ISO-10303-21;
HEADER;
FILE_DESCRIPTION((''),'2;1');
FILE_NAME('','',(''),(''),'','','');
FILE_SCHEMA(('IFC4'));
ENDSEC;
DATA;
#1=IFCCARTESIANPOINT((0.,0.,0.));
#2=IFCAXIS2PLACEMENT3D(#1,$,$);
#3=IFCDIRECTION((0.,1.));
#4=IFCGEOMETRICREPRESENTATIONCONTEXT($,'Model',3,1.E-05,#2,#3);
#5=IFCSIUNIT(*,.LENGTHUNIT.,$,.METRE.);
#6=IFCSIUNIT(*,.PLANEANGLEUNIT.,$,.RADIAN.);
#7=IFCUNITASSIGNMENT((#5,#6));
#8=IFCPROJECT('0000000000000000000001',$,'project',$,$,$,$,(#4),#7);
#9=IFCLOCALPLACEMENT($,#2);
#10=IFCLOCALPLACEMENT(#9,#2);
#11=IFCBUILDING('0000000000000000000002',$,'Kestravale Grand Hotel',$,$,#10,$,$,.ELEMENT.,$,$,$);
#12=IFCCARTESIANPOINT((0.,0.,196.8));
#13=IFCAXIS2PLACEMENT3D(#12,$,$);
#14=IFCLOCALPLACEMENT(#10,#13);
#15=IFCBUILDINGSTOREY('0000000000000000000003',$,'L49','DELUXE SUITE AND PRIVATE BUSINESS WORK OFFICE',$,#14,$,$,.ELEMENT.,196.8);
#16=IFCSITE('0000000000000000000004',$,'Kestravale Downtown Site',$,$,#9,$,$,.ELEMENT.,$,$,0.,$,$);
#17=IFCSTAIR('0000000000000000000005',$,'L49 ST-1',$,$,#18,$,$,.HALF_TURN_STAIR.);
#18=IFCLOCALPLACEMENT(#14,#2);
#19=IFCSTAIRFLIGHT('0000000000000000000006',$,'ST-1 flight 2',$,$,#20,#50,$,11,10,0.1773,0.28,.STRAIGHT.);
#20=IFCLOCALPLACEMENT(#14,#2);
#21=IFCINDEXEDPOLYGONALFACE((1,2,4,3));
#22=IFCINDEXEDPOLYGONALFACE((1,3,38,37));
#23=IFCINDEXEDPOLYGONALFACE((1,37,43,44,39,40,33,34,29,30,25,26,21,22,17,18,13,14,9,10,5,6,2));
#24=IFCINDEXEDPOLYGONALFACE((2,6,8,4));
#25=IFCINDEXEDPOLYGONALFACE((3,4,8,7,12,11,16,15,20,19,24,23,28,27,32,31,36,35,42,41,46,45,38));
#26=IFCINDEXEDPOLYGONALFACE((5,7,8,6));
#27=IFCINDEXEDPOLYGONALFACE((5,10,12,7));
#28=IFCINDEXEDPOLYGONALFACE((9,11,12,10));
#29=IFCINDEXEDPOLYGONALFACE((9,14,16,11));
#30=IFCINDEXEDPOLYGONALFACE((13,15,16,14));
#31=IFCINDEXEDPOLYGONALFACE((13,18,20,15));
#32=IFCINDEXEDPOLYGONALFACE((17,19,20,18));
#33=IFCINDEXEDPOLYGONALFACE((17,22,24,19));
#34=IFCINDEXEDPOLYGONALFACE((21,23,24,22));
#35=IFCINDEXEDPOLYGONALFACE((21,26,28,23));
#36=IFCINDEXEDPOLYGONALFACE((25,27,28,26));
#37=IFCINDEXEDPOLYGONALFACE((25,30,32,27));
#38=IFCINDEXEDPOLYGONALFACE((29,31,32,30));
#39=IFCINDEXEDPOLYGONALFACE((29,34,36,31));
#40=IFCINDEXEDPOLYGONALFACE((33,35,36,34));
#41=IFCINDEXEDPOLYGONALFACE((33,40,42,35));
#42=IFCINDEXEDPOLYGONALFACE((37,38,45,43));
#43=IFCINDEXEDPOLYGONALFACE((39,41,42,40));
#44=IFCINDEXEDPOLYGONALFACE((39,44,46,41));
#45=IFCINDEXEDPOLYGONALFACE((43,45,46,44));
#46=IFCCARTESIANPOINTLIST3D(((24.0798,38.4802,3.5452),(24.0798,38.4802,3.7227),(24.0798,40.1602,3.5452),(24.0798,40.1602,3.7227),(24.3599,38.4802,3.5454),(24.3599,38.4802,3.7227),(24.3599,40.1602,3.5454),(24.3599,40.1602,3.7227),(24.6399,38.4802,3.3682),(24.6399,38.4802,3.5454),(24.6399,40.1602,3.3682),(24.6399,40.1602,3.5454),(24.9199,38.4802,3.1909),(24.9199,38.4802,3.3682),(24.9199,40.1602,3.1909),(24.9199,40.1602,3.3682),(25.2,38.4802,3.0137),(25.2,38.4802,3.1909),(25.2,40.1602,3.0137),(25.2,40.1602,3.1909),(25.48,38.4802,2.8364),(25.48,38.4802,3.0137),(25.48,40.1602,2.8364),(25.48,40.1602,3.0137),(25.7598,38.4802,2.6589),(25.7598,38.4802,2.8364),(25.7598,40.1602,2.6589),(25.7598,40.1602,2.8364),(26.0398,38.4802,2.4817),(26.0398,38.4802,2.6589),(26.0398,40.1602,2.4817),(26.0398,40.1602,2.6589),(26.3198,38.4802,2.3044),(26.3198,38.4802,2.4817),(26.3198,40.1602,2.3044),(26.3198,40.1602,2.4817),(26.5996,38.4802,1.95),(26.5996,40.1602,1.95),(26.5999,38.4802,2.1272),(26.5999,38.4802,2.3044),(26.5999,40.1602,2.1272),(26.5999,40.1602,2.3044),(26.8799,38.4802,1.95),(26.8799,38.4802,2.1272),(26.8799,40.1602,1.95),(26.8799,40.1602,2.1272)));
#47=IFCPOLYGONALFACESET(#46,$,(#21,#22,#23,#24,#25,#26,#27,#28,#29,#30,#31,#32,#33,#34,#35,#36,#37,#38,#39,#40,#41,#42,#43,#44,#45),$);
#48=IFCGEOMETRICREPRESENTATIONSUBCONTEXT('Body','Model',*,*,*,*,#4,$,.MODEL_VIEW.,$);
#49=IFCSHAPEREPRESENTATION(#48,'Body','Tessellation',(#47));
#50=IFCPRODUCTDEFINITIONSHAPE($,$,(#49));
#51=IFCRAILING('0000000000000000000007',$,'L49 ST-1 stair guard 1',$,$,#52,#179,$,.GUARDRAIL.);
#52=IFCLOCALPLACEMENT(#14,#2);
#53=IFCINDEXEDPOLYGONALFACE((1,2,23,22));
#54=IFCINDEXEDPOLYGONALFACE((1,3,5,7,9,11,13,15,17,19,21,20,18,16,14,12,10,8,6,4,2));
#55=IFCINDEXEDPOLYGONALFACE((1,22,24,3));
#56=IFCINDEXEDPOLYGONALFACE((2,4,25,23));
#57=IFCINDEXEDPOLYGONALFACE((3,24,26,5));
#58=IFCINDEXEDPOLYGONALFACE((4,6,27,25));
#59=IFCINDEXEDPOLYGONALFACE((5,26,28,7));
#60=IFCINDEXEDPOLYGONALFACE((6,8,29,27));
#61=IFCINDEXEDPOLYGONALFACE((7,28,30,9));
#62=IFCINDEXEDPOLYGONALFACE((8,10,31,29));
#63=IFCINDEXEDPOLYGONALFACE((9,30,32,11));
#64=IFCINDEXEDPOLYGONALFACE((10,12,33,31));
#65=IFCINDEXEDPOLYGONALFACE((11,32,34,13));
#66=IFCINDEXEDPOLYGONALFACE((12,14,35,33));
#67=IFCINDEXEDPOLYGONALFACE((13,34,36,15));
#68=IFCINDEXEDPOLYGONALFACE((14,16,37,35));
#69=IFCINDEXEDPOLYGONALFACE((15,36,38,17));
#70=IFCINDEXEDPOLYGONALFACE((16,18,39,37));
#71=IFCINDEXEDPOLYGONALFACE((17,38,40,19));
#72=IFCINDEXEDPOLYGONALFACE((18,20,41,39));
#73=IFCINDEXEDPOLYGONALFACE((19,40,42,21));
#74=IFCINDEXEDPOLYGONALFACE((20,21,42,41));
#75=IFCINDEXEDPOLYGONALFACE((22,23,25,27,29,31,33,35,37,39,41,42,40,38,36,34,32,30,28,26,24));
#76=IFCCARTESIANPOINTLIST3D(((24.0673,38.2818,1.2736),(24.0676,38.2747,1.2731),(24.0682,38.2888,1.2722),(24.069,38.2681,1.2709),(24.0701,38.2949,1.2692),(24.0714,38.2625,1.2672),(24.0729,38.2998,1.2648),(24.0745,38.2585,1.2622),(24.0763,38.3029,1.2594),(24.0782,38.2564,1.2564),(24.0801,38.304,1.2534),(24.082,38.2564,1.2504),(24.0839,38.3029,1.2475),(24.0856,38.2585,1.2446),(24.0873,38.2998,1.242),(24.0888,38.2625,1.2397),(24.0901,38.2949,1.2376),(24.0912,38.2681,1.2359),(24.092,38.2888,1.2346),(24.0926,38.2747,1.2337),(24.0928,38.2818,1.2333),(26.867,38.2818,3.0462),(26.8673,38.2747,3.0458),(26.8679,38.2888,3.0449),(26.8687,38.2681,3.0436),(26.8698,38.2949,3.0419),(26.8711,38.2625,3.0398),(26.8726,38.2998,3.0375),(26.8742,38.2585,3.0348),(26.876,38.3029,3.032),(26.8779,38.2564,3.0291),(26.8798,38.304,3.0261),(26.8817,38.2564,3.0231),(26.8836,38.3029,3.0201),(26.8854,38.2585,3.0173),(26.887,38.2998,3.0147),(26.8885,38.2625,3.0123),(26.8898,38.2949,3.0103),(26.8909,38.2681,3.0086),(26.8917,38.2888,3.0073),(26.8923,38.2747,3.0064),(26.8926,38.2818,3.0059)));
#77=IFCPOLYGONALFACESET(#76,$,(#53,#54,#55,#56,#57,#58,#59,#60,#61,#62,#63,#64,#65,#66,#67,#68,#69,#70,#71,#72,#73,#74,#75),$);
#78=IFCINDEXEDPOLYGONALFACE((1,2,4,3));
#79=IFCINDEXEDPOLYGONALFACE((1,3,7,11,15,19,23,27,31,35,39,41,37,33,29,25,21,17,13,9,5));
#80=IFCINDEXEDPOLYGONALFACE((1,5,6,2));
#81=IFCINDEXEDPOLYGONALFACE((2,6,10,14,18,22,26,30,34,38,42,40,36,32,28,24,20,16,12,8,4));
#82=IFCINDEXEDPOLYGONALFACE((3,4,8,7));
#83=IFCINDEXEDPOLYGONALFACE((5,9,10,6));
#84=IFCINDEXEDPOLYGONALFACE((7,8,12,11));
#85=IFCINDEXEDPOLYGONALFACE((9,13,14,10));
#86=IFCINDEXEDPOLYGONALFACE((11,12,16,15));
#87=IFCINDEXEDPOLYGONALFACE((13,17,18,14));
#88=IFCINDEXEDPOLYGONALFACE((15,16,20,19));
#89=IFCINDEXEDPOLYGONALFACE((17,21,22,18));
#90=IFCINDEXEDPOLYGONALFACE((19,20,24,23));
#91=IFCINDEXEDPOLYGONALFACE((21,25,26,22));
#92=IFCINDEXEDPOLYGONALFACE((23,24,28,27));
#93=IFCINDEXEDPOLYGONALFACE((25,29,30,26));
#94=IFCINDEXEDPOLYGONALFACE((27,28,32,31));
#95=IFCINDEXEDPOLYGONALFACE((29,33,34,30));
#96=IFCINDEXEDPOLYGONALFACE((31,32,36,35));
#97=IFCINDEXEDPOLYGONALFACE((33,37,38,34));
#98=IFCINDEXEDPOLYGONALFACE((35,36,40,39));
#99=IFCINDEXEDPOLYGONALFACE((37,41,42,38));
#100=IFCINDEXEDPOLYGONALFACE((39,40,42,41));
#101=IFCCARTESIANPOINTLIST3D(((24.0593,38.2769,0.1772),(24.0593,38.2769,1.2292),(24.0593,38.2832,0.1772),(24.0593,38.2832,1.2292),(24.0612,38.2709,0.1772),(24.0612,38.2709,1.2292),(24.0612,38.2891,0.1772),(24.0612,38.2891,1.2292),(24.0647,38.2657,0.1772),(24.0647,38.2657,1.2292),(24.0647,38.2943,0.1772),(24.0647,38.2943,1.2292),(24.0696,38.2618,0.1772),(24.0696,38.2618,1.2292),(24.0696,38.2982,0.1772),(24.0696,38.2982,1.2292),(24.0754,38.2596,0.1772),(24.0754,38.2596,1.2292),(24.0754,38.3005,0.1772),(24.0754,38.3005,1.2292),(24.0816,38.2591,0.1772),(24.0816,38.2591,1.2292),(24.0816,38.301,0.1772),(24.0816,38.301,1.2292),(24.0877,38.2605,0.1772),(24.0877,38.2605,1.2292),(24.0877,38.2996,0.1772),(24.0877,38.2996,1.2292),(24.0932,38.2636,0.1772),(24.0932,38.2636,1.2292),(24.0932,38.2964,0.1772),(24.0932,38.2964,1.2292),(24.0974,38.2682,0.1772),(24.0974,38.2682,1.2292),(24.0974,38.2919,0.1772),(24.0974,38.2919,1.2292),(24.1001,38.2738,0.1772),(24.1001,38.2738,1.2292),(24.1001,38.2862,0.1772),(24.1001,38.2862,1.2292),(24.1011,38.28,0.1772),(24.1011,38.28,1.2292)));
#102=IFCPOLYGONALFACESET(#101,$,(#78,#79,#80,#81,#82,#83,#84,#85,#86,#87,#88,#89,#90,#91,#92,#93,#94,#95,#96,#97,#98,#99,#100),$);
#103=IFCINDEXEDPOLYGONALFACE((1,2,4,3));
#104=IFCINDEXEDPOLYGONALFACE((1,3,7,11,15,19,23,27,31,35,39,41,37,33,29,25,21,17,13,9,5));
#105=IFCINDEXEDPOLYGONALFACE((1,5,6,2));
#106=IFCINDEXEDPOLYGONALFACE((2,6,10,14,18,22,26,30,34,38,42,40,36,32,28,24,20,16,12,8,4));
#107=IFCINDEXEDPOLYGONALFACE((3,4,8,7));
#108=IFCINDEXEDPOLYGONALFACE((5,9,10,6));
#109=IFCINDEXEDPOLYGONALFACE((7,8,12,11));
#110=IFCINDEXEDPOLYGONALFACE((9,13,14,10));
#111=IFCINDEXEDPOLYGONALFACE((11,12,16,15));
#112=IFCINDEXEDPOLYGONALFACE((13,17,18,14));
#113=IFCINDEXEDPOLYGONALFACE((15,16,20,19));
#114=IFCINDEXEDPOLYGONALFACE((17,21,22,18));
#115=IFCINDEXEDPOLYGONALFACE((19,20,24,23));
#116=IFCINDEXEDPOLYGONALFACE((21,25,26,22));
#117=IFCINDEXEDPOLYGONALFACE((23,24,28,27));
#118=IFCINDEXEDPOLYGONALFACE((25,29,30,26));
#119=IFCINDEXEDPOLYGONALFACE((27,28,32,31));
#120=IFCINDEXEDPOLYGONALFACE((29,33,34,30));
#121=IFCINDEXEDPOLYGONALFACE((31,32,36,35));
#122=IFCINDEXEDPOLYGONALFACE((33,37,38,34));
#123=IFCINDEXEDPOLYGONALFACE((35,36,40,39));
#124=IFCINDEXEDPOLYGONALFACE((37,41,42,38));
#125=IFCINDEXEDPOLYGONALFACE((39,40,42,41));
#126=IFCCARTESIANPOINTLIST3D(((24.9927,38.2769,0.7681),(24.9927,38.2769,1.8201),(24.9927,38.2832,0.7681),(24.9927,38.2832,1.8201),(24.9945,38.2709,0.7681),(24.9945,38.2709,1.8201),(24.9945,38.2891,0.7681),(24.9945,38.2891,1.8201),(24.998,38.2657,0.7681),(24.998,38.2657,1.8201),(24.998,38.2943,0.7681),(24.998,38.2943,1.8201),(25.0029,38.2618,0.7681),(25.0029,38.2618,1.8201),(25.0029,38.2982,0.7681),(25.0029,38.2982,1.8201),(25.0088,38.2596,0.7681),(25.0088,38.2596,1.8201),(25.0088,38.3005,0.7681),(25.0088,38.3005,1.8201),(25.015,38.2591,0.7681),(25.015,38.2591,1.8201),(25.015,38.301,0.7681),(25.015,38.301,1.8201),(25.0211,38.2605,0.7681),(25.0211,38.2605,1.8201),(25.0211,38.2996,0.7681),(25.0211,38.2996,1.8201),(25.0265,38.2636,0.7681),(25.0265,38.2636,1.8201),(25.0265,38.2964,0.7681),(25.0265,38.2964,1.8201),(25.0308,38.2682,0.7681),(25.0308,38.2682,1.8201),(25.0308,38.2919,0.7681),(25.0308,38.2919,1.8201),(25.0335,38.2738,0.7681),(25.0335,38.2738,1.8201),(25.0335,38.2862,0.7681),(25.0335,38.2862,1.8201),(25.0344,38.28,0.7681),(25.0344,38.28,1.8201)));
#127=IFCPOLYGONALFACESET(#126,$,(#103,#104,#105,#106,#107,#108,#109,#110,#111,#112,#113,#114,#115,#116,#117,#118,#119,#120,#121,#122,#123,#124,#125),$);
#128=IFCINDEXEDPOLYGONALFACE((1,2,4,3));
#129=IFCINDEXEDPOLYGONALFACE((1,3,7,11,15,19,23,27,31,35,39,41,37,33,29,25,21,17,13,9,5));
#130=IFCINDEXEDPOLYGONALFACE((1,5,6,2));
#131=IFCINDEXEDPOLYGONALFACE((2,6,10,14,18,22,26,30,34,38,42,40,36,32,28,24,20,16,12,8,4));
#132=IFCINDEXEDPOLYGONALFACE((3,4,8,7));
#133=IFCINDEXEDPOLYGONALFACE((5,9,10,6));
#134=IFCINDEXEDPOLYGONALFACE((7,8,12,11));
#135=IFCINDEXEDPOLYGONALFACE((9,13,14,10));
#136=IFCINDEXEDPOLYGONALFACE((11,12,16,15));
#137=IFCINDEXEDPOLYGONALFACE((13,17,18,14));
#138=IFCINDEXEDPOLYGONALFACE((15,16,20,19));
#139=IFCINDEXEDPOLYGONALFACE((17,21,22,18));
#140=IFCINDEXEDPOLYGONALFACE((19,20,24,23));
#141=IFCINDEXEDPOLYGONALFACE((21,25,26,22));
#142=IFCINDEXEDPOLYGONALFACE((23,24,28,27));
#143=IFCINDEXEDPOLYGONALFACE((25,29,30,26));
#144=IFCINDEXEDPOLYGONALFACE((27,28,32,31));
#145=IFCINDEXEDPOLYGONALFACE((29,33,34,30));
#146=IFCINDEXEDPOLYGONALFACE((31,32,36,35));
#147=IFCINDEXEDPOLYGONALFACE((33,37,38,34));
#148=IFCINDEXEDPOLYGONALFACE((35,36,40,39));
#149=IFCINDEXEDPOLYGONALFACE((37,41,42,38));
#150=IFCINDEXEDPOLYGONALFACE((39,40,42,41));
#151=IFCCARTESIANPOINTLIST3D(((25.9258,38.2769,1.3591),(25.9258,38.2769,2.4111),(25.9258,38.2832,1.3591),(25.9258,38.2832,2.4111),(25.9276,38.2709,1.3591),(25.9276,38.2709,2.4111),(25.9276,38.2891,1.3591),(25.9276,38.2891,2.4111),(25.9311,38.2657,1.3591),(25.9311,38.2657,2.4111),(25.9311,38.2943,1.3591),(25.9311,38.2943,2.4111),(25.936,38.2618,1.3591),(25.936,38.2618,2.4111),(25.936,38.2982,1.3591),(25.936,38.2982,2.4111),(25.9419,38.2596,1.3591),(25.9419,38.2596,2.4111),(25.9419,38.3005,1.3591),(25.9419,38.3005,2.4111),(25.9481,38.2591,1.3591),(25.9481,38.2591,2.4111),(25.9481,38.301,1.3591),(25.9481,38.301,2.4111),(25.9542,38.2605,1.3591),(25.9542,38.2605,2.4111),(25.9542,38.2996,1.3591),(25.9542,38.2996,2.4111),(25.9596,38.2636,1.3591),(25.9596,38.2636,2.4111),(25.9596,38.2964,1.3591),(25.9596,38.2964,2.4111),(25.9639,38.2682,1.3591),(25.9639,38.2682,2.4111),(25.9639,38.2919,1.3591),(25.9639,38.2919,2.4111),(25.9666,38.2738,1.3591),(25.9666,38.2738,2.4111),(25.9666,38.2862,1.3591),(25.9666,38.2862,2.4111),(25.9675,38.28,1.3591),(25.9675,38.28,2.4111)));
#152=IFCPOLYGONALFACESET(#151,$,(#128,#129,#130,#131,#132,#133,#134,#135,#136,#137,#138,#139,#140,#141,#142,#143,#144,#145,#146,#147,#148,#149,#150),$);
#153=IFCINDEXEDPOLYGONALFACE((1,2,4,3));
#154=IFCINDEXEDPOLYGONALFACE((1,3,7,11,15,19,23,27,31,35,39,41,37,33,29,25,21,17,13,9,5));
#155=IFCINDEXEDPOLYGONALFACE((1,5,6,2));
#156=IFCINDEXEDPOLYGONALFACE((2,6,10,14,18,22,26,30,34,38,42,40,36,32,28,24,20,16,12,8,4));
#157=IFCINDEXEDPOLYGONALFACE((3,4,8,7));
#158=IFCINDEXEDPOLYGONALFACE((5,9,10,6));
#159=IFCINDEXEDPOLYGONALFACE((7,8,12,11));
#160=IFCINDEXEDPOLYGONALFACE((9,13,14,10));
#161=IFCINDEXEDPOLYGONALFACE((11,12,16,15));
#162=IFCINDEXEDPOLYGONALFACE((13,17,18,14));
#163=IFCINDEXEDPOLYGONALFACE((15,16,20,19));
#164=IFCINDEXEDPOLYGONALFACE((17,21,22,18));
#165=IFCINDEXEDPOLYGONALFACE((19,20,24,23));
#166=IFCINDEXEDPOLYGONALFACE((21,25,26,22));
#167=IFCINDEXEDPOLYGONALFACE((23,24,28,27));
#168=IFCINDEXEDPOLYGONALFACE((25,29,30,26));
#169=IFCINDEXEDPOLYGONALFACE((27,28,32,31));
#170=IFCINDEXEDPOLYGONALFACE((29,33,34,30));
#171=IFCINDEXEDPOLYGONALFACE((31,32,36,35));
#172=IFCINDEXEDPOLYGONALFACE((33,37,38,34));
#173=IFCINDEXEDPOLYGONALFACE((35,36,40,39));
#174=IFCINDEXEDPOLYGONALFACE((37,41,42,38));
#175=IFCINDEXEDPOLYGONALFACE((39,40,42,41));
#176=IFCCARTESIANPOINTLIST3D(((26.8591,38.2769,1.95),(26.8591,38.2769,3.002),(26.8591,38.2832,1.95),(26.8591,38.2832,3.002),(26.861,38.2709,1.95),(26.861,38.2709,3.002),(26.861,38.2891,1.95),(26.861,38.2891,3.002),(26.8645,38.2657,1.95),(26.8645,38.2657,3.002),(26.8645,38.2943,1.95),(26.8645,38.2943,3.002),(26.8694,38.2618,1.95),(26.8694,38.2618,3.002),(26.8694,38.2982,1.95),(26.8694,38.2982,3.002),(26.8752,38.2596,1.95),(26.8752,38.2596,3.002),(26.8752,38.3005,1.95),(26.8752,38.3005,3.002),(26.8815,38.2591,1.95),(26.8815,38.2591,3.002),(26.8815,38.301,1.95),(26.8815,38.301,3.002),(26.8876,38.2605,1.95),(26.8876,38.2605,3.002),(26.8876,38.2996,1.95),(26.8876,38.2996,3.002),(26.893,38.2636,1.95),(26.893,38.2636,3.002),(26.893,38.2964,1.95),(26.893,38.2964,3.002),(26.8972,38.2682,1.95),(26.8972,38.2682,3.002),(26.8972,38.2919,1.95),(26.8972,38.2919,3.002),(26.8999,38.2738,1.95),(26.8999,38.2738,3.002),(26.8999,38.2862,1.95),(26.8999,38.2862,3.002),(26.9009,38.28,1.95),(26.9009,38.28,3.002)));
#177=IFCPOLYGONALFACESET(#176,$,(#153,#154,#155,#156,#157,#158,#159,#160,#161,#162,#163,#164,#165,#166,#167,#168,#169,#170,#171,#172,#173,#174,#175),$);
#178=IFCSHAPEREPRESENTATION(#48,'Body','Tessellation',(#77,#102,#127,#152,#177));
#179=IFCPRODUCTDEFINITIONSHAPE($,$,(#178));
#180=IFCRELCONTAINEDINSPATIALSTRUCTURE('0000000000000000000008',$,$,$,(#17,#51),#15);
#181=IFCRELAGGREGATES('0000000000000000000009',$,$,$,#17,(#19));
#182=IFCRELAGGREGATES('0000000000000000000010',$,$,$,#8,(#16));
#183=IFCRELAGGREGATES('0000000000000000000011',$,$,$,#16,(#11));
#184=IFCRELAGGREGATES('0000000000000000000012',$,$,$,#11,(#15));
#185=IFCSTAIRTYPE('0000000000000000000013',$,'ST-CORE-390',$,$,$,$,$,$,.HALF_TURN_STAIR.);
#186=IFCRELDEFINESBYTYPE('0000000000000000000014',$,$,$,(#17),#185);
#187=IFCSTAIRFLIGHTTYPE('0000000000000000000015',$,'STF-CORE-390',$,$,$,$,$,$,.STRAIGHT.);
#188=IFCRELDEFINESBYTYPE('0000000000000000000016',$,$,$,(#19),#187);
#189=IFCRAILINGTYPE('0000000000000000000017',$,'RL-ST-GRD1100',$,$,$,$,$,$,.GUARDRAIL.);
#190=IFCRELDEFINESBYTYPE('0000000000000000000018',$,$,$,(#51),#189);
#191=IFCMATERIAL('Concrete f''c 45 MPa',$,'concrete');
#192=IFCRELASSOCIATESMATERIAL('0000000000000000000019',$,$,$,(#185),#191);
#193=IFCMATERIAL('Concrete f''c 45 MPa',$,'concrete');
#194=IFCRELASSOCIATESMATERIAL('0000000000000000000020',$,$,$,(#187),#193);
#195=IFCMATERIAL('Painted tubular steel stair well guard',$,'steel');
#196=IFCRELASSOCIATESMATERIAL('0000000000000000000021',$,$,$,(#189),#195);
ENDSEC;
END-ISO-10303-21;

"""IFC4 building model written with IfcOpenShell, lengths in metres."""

from ifc_helpers import new_model, si_unit, direction, frame, origin, origin_2d, place, context, subcontext, project, spatial, polyline, circle, outline, extrude, material, type_object, element, aggregate, save


model = new_model("IFC4")

# Units and contexts
model_context = context("Model", 3, precision=1e-05, world=origin(), true_north=direction((0.0, 1.0)))
body_context = subcontext(model_context, "Body", "Model", "MODEL_VIEW")
ifc_project = project(units=[si_unit("LENGTHUNIT", "METRE"), si_unit("PLANEANGLEUNIT", "RADIAN")], contexts=[model_context])

# Site, building, storey
site_placement = place(None, origin())
site = spatial("IfcSite", under=ifc_project, at=site_placement, Name="Kestravale Downtown Site", CompositionType="ELEMENT", RefElevation=0.0)
building_placement = place(site_placement, origin())
building = spatial("IfcBuilding", under=site, at=building_placement, Name="Kestravale Grand Hotel", CompositionType="ELEMENT")
storey_placement = place(building_placement, frame((0.0, 0.0, 196.8)))
storey = spatial("IfcBuildingStorey", under=building, at=storey_placement, Name="L49", Description="DELUXE SUITE AND PRIVATE BUSINESS WORK OFFICE", CompositionType="ELEMENT", Elevation=196.8)

# Stair, stair flight
ifc_material_1 = material(Name="Concrete f'c 45 MPa", Category="concrete")
stair_type = type_object("IfcStairType", Name="ST-CORE-390", PredefinedType="HALF_TURN_STAIR", material=ifc_material_1)
stair_placement = place(storey_placement, origin())
stair = element("IfcStair", 1, at=stair_placement, inside=storey, type_object=stair_type, Name="L49 ST-1", PredefinedType="HALF_TURN_STAIR")
ifc_material_2 = material(Name="Concrete f'c 45 MPa", Category="concrete")
stair_flight_type = type_object("IfcStairFlightType", Name="STF-CORE-390", PredefinedType="STRAIGHT", material=ifc_material_2)
stair_flight_1_placement = place(storey_placement, frame((26.8799, 39.3201, 1.95), z_axis=(0.0, 0.0, 1.0), x_axis=(-1.0, 0.0, 0.0)))
stair_flight_1 = element("IfcStairFlight", 2, at=stair_flight_1_placement, type_object=stair_flight_type, Name="ST-1 flight 2", NumberOfRisers=11, NumberOfTreads=10, PredefinedType="STRAIGHT", RiserHeight=0.1773, TreadLength=0.28, context=body_context, shape_type="SweptSolid", body=[
    extrude(outline(polyline([(0.0, 0.0), (0.0, 0.1772), (0.28, 0.1772), (0.28, 0.3545), (0.5601, 0.3545), (0.5601, 0.5317), (0.8401, 0.5317), (0.8401, 0.709), (1.1201, 0.709), (1.1201, 0.8865), (1.3999, 0.8865), (1.3999, 1.0637), (1.6799, 1.0637), (1.6799, 1.241), (1.96, 1.241), (1.96, 1.4182), (2.24, 1.4182), (2.24, 1.5955), (2.52, 1.5955), (2.52, 1.7727), (2.8, 1.7727), (2.8, 1.95), (2.8, 1.5952), (0.2803, 0.0), (0.0, 0.0)])), frame((0.0, 0.8398, 0.0), z_axis=(0.0, -1.0, 0.0), x_axis=(1.0, 0.0, 0.0)), (0.0, 0.0, 1.0), 1.6799),
])
aggregate(stair, [stair_flight_1])

# Railing
ifc_material_3 = material(Name="Painted tubular steel stair well guard", Category="steel")
railing_type_1 = type_object("IfcRailingType", Name="RL-ST-GRD1100", PredefinedType="GUARDRAIL", material=ifc_material_3)
railing_1_placement = place(storey_placement, frame((24.0801, 38.28, 0.1772)))
element("IfcRailing", 3, at=railing_1_placement, inside=storey, type_object=railing_type_1, Name="L49 ST-1 stair guard 1", PredefinedType="GUARDRAIL", context=body_context, shape_type="SweptSolid", body=[
    extrude(circle(Radius=0.0239, at=origin_2d()), frame((0.0, 0.0, 1.0762), z_axis=(0.844888, 0.0, 0.534943), x_axis=(0.0, 1.0, 0.0)), (0.0, 0.0, 1.0), 3.3137),
    extrude(circle(Radius=0.021, at=origin_2d()), origin(), (0.0, 0.0, 1.0), 1.052),
    extrude(circle(Radius=0.021, at=origin_2d()), frame((0.9333, 0.0, 0.5908)), (0.0, 0.0, 1.0), 1.052),
    extrude(circle(Radius=0.021, at=origin_2d()), frame((1.8665, 0.0, 1.1819)), (0.0, 0.0, 1.0), 1.052),
    extrude(circle(Radius=0.021, at=origin_2d()), frame((2.7998, 0.0, 1.7727)), (0.0, 0.0, 1.0), 1.052),
])

save(model, "model.ifc")
